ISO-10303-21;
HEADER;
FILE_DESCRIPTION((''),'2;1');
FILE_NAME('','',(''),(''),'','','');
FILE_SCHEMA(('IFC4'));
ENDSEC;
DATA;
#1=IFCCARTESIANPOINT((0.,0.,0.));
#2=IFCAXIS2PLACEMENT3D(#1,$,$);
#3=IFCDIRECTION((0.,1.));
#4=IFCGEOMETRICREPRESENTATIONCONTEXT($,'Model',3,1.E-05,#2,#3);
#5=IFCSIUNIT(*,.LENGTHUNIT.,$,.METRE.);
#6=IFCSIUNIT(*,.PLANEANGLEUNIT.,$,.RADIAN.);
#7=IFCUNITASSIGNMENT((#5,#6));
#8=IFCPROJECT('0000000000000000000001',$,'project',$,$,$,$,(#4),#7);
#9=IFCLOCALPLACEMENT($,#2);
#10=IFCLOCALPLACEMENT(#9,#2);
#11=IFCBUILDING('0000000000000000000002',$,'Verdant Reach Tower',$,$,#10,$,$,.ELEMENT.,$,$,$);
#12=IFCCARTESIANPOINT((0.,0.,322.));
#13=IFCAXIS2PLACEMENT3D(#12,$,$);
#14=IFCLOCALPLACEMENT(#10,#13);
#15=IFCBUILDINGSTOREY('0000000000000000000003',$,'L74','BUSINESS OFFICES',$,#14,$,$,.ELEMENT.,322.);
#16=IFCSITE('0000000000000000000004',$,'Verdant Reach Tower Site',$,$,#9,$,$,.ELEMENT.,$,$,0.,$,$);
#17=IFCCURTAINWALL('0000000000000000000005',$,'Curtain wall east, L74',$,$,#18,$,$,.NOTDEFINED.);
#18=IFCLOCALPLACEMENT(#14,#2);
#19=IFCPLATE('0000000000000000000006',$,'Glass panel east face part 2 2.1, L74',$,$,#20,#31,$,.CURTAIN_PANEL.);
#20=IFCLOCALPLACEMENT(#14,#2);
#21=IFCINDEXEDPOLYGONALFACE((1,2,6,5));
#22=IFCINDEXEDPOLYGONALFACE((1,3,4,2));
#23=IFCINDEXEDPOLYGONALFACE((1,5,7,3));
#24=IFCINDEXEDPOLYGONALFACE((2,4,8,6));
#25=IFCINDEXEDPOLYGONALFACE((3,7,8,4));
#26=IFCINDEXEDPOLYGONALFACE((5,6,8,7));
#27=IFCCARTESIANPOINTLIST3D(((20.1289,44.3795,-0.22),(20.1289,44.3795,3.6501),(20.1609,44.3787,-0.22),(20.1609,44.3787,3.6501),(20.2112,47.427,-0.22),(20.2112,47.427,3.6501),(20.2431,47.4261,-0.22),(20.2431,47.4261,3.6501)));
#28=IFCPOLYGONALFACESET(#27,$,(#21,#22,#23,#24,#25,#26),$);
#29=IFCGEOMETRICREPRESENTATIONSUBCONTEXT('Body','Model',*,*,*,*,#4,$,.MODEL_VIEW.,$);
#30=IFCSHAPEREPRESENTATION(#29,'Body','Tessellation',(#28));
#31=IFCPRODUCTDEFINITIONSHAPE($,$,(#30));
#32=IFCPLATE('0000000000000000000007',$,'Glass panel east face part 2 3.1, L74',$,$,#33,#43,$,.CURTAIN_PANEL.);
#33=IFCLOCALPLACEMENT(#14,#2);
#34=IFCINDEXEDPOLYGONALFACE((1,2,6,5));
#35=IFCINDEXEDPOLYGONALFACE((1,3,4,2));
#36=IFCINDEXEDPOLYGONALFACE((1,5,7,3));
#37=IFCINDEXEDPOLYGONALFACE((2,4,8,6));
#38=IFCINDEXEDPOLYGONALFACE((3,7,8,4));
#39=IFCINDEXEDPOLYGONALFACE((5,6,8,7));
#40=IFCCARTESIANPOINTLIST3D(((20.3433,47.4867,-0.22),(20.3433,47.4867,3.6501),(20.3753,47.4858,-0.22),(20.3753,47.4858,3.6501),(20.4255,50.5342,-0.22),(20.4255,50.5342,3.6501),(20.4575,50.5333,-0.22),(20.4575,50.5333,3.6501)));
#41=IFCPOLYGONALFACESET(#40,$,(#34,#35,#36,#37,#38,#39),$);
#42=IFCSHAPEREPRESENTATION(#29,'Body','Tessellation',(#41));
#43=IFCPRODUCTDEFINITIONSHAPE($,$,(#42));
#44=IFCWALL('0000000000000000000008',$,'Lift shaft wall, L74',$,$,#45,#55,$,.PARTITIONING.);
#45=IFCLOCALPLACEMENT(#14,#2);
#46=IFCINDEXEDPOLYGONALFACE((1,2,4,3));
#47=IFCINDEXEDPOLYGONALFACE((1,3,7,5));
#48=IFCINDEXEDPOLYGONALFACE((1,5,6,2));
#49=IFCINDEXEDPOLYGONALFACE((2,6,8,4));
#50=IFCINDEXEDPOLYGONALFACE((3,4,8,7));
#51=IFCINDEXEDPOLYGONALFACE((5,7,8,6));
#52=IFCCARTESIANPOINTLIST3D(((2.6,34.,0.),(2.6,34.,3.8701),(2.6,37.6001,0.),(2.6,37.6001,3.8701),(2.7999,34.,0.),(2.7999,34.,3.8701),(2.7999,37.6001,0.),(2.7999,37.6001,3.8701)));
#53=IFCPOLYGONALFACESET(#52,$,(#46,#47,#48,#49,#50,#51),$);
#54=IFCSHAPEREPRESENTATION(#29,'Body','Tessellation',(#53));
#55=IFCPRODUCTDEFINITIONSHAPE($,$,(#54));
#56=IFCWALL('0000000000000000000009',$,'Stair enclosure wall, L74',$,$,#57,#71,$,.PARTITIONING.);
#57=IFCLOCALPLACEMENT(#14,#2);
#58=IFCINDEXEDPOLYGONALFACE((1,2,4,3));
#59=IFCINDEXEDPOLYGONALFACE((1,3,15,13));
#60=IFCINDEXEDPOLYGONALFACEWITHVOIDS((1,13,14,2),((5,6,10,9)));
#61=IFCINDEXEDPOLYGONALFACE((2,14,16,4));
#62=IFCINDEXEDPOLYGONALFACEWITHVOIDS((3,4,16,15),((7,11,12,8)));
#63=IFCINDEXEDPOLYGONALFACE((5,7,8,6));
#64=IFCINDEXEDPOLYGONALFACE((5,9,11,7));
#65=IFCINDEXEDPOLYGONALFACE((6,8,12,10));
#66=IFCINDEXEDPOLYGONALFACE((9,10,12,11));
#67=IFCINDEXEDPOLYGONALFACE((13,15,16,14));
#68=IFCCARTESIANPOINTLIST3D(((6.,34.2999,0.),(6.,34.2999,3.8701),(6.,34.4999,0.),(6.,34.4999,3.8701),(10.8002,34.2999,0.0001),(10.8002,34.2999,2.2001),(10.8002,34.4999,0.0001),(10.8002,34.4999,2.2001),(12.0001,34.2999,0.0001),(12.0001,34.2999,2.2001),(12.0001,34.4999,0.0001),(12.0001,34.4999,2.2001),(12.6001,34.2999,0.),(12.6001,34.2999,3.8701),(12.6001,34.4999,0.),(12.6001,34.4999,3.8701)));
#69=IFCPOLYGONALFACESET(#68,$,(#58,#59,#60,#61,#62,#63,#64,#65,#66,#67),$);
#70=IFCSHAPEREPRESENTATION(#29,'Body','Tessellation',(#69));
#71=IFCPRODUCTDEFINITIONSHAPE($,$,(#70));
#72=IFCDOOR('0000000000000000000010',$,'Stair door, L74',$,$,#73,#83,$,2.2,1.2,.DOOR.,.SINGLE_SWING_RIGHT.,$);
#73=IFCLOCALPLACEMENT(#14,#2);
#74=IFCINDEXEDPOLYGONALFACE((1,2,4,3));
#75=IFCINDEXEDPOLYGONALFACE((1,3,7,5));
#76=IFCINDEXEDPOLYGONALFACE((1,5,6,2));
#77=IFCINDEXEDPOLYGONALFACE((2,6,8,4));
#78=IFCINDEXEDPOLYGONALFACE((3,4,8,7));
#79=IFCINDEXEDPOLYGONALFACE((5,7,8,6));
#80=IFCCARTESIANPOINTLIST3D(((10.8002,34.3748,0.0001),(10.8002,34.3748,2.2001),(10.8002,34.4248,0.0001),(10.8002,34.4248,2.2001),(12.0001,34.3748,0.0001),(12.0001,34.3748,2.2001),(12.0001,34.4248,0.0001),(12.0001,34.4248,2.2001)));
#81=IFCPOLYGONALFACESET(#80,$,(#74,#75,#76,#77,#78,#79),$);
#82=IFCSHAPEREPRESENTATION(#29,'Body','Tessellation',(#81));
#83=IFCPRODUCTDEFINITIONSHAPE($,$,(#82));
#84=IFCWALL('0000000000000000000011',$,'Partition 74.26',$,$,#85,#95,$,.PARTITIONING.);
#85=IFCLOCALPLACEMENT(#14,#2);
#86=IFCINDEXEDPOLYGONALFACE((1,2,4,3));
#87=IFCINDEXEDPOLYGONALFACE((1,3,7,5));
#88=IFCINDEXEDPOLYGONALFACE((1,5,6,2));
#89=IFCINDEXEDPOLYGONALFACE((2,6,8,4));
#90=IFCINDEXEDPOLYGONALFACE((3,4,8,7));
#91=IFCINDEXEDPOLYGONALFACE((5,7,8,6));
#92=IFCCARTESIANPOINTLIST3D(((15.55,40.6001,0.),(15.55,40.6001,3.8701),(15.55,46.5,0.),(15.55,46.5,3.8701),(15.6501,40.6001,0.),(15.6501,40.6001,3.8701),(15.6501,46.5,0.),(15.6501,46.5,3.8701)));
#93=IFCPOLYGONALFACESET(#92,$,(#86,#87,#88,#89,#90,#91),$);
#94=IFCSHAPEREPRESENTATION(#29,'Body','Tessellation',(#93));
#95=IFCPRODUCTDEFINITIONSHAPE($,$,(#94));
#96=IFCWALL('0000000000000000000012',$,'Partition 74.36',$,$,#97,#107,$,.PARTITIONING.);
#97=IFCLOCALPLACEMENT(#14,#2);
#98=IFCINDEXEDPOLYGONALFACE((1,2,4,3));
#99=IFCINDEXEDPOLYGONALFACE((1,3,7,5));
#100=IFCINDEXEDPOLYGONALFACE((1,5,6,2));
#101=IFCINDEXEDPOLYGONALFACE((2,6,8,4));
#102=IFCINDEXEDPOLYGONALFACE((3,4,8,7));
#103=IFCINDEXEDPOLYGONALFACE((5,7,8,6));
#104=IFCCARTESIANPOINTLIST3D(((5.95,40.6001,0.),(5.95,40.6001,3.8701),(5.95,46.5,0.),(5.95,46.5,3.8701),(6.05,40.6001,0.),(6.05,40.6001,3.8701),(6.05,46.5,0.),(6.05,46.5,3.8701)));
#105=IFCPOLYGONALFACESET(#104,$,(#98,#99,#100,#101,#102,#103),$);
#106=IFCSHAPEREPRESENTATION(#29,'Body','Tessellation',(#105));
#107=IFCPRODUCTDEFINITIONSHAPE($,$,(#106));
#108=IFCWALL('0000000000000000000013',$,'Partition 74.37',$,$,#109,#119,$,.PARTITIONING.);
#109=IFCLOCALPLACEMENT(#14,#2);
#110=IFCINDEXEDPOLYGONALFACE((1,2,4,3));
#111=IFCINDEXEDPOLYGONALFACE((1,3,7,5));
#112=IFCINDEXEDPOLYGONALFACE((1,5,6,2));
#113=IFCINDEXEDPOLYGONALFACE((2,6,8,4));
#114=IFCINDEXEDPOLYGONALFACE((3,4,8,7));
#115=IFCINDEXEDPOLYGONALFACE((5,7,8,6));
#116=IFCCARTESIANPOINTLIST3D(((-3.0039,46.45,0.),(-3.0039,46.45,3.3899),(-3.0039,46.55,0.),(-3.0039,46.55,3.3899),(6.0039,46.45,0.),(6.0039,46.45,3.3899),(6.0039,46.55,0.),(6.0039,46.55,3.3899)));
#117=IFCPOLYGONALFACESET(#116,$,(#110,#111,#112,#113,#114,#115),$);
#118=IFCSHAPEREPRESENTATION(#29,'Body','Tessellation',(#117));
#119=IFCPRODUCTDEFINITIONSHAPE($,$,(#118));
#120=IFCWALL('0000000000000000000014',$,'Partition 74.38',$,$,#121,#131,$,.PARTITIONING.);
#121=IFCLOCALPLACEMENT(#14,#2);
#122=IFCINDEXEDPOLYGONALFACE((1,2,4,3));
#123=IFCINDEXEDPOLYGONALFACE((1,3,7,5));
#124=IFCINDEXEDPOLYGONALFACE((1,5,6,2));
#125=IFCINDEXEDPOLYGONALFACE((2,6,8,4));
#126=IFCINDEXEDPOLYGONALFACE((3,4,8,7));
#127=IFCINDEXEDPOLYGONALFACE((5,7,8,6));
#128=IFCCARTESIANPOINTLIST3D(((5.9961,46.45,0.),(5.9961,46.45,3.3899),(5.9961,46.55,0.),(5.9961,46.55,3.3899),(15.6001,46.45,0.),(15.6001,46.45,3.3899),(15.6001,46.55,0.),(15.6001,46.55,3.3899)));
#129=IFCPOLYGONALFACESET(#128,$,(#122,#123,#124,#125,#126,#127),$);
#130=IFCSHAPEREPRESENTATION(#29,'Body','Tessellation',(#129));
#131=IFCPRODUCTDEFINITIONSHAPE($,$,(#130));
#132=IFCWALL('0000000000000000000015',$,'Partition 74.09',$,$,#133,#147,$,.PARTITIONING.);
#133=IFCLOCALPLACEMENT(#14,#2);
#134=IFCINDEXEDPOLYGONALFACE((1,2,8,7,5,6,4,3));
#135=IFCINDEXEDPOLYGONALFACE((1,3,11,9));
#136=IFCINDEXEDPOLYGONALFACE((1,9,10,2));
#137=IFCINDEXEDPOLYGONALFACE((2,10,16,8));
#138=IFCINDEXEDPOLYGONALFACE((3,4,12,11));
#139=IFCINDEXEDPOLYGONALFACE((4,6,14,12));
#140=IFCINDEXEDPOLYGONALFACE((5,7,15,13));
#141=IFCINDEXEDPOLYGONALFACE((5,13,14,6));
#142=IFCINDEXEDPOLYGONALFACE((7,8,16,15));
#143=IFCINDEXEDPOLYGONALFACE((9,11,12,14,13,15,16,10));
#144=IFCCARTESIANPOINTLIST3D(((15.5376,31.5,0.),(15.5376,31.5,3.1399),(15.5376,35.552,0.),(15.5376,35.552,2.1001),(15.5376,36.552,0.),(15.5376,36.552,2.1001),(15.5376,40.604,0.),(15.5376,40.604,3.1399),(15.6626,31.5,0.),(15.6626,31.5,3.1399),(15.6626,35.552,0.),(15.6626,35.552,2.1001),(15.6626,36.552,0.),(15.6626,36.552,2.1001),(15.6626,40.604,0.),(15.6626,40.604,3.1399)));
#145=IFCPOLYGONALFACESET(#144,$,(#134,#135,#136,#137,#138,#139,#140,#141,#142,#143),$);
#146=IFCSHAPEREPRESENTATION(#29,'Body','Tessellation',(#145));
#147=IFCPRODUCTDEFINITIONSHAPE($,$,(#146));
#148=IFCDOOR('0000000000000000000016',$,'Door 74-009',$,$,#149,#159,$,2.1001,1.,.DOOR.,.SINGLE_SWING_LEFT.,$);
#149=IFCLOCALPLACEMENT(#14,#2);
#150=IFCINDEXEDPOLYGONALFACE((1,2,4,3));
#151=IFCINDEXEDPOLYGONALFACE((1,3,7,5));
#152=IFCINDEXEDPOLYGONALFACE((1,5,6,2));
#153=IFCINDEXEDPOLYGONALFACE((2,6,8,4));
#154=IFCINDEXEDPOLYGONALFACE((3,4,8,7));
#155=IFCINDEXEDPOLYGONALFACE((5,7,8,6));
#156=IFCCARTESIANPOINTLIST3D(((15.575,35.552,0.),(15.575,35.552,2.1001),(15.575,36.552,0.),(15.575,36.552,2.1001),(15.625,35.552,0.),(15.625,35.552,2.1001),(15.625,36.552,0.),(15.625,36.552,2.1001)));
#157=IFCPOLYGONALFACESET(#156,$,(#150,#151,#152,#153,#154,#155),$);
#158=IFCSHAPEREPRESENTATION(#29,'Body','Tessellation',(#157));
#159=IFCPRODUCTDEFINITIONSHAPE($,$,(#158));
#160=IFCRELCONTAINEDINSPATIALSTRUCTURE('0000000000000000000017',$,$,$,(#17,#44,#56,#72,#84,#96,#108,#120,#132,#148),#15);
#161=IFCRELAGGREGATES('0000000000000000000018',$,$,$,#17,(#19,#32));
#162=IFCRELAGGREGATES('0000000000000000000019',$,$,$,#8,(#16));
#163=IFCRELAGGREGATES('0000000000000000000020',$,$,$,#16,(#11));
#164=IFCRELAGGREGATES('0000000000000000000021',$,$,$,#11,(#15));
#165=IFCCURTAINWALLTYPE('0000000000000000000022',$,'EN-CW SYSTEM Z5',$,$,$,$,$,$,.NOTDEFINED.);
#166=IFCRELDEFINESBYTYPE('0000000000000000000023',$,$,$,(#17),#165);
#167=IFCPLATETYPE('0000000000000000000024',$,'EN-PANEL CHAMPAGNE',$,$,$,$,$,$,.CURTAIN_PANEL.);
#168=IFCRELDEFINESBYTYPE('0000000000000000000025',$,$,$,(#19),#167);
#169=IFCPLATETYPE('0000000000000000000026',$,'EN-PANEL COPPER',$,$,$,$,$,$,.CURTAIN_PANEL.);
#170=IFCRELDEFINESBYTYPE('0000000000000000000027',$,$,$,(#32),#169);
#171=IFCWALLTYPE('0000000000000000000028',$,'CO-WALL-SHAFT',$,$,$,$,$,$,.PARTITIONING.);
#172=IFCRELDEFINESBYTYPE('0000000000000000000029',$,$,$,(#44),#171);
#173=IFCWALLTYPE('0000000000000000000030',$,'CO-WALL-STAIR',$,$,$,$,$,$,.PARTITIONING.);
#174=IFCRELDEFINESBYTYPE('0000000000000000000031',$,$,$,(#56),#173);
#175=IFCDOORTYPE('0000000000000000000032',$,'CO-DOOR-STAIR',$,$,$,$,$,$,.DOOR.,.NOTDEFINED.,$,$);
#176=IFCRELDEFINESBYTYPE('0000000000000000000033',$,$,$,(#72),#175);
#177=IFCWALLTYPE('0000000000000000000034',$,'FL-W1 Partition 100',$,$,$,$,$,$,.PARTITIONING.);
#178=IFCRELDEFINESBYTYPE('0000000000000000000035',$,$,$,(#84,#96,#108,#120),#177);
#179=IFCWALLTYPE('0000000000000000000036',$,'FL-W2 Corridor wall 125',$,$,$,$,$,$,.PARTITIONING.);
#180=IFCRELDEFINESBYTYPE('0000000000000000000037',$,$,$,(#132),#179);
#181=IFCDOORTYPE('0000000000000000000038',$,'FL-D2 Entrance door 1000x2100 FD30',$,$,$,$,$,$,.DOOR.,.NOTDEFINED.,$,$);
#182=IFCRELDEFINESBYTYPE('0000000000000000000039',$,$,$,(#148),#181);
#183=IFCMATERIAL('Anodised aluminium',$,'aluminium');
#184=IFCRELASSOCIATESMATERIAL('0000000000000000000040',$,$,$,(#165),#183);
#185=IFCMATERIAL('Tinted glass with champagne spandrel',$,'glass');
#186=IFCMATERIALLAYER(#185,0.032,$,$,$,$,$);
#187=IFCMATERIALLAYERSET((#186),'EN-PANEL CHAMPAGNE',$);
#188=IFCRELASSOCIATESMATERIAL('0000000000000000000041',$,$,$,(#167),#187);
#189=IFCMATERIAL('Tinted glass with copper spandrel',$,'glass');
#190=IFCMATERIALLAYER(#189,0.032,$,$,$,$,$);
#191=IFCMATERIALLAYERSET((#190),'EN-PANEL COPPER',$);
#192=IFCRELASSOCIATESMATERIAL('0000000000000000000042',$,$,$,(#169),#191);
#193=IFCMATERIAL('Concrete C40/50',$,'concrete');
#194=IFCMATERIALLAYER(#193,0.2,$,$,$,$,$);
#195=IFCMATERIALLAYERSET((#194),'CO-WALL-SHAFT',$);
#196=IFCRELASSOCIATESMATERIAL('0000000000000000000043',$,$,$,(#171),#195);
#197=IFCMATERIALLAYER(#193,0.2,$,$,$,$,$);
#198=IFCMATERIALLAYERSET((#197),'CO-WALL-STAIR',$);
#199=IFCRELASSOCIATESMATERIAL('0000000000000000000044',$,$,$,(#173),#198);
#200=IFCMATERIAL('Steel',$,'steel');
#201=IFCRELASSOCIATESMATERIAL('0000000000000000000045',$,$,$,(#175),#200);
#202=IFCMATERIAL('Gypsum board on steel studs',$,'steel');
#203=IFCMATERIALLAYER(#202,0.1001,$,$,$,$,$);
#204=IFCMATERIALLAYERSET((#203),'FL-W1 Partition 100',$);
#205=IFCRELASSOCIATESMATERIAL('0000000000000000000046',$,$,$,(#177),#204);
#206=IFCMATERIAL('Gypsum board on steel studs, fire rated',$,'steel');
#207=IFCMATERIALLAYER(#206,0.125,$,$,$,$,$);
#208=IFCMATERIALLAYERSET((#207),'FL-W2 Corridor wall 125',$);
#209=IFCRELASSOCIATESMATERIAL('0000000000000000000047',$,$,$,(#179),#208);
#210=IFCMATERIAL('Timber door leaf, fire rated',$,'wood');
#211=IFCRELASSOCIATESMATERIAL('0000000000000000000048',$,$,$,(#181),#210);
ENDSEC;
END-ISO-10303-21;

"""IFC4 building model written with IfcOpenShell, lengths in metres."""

from ifc_helpers import new_model, si_unit, direction, frame, frame_2d, origin, origin_2d, place, context, subcontext, project, spatial, rectangle, extrude, material, layer, layer_set, type_object, element, fill, aggregate, save


model = new_model("IFC4")

# Units and contexts
model_context = context("Model", 3, precision=1e-05, world=origin(), true_north=direction((0.0, 1.0)))
body_context = subcontext(model_context, "Body", "Model", "MODEL_VIEW")
ifc_project = project(units=[si_unit("LENGTHUNIT", "METRE"), si_unit("PLANEANGLEUNIT", "RADIAN")], contexts=[model_context])

# Site, building, storey
site_placement = place(None, origin())
site = spatial("IfcSite", under=ifc_project, at=site_placement, Name="Verdant Reach Tower Site", CompositionType="ELEMENT", RefElevation=0.0)
building_placement = place(site_placement, origin())
building = spatial("IfcBuilding", under=site, at=building_placement, Name="Verdant Reach Tower", CompositionType="ELEMENT")
storey_placement = place(building_placement, frame((0.0, 0.0, 322.0)))
storey = spatial("IfcBuildingStorey", under=building, at=storey_placement, Name="L74", Description="BUSINESS OFFICES", CompositionType="ELEMENT", Elevation=322.0)

# Curtain wall
ifc_material_1 = material(Name="Anodised aluminium", Category="aluminium")
curtain_wall_type = type_object("IfcCurtainWallType", Name="EN-CW SYSTEM Z5", PredefinedType="NOTDEFINED", material=ifc_material_1)
curtain_wall_placement = place(storey_placement, origin())
curtain_wall = element("IfcCurtainWall", 1, at=curtain_wall_placement, inside=storey, type_object=curtain_wall_type, Name="Curtain wall east, L74", PredefinedType="NOTDEFINED")

# Plates
ifc_material_2 = material(Name="Tinted glass with champagne spandrel", Category="glass")
ifc_layer_1 = layer(ifc_material_2, 0.032)
ifc_layer_set_1 = layer_set([ifc_layer_1], Name="EN-PANEL CHAMPAGNE")
plate_type_1 = type_object("IfcPlateType", Name="EN-PANEL CHAMPAGNE", PredefinedType="CURTAIN_PANEL", material=ifc_layer_set_1)
plate_1_placement = place(storey_placement, frame((20.186, 45.9028, -0.22), z_axis=(0.0, 0.0, 1.0), x_axis=(0.026965, 0.999636, 0.0)))
plate_1 = element("IfcPlate", 2, at=plate_1_placement, type_object=plate_type_1, Name="Glass panel east face part 2 2.1, L74", PredefinedType="CURTAIN_PANEL", context=body_context, shape_type="SweptSolid", body=[
    extrude(rectangle(XDim=3.0486, YDim=0.032, at=origin_2d()), origin(), (0.0, 0.0, 1.0), 3.8701),
])
ifc_material_3 = material(Name="Tinted glass with copper spandrel", Category="glass")
ifc_layer_2 = layer(ifc_material_3, 0.032)
ifc_layer_set_2 = layer_set([ifc_layer_2], Name="EN-PANEL COPPER")
plate_type_2 = type_object("IfcPlateType", Name="EN-PANEL COPPER", PredefinedType="CURTAIN_PANEL", material=ifc_layer_set_2)
plate_2_placement = place(storey_placement, frame((20.4004, 49.01, -0.22), z_axis=(0.0, 0.0, 1.0), x_axis=(0.026965, 0.999636, 0.0)))
plate_2 = element("IfcPlate", 3, at=plate_2_placement, type_object=plate_type_2, Name="Glass panel east face part 2 3.1, L74", PredefinedType="CURTAIN_PANEL", context=body_context, shape_type="SweptSolid", body=[
    extrude(rectangle(XDim=3.0486, YDim=0.032, at=origin_2d()), origin(), (0.0, 0.0, 1.0), 3.8701),
])
aggregate(curtain_wall, [plate_1, plate_2])

# Wall
ifc_material_4 = material(Name="Concrete C40/50", Category="concrete")
ifc_layer_3 = layer(ifc_material_4, 0.2)
ifc_layer_set_3 = layer_set([ifc_layer_3], Name="CO-WALL-SHAFT")
wall_type_1 = type_object("IfcWallType", Name="CO-WALL-SHAFT", PredefinedType="PARTITIONING", material=ifc_layer_set_3)
wall_1_placement = place(storey_placement, frame((2.7, 34.0, 0.0), z_axis=(0.0, 0.0, 1.0), x_axis=(0.0, 1.0, 0.0)))
element("IfcWall", 4, at=wall_1_placement, inside=storey, type_object=wall_type_1, Name="Lift shaft wall, L74", PredefinedType="PARTITIONING", context=body_context, shape_type="SweptSolid", body=[
    extrude(rectangle(XDim=3.6001, YDim=0.2, at=frame_2d((1.8, 0.0))), origin(), (0.0, 0.0, 1.0), 3.8701),
])

# Wall, opening, door
ifc_layer_4 = layer(ifc_material_4, 0.2)
ifc_layer_set_4 = layer_set([ifc_layer_4], Name="CO-WALL-STAIR")
wall_type_2 = type_object("IfcWallType", Name="CO-WALL-STAIR", PredefinedType="PARTITIONING", material=ifc_layer_set_4)
wall_2_placement = place(storey_placement, frame((6.0, 34.3999, 0.0), z_axis=(0.0, 0.0, 1.0), x_axis=(1.0, 0.0, 0.0)))
wall_2 = element("IfcWall", 5, at=wall_2_placement, inside=storey, type_object=wall_type_2, Name="Stair enclosure wall, L74", PredefinedType="PARTITIONING", context=body_context, shape_type="SweptSolid", body=[
    extrude(rectangle(XDim=6.6001, YDim=0.2, at=frame_2d((3.3, 0.0))), origin(), (0.0, 0.0, 1.0), 3.8701),
])
opening_1_placement = place(wall_2_placement, frame((4.8, 0.0, 0.0)))
opening_1 = element("IfcOpeningElement", 6, at=opening_1_placement, cuts=wall_2, PredefinedType="OPENING", context=body_context, shape_type="SweptSolid", body=[
    extrude(rectangle(XDim=1.2, YDim=2.2, at=frame_2d((0.6001, 1.1001))), frame((0.0, 0.1099, 0.0), z_axis=(0.0, -1.0, 0.0), x_axis=(1.0, 0.0, 0.0)), (0.0, 0.0, 1.0), 0.22),
])
ifc_material_5 = material(Name="Steel", Category="steel")
door_type_1 = type_object("IfcDoorType", Name="CO-DOOR-STAIR", OperationType="NOTDEFINED", PredefinedType="DOOR", material=ifc_material_5)
door_1_placement = place(opening_1_placement, origin())
door_1 = element("IfcDoor", 7, at=door_1_placement, inside=storey, type_object=door_type_1, Name="Stair door, L74", OperationType="SINGLE_SWING_RIGHT", OverallHeight=2.2, OverallWidth=1.2, PredefinedType="DOOR", context=body_context, shape_type="SweptSolid", body=[
    extrude(rectangle(XDim=1.2, YDim=2.2, at=frame_2d((0.6001, 1.1001))), frame((0.0, 0.0249, 0.0), z_axis=(0.0, -1.0, 0.0), x_axis=(1.0, 0.0, 0.0)), (0.0, 0.0, 1.0), 0.05),
])
fill(opening_1, door_1)

# Walls
ifc_material_6 = material(Name="Gypsum board on steel studs", Category="steel")
ifc_layer_5 = layer(ifc_material_6, 0.1001)
ifc_layer_set_5 = layer_set([ifc_layer_5], Name="FL-W1 Partition 100")
wall_type_3 = type_object("IfcWallType", Name="FL-W1 Partition 100", PredefinedType="PARTITIONING", material=ifc_layer_set_5)
for number, where, z_axis, x_axis, name in (
    (8, (15.6001, 46.5, 0.0), (0.0, 0.0, 1.0), (0.0, -1.0, 0.0), "Partition 74.26"),
    (9, (6.0, 40.6001, 0.0), (0.0, 0.0, 1.0), (0.0, 1.0, 0.0), "Partition 74.36"),
):
    element("IfcWall", number, at=place(storey_placement, frame(where, z_axis=z_axis, x_axis=x_axis)), inside=storey, type_object=wall_type_3, Name=name, PredefinedType="PARTITIONING", context=body_context, shape_type="SweptSolid", body=[
        extrude(rectangle(XDim=5.8999, YDim=0.1001, at=frame_2d((2.95, 0.0))), origin(), (0.0, 0.0, 1.0), 3.8701),
    ])
wall_3_placement = place(storey_placement, frame((6.0039, 46.5, 0.0), z_axis=(0.0, 0.0, 1.0), x_axis=(-1.0, 0.0, 0.0)))
element("IfcWall", 10, at=wall_3_placement, inside=storey, type_object=wall_type_3, Name="Partition 74.37", PredefinedType="PARTITIONING", context=body_context, shape_type="SweptSolid", body=[
    extrude(rectangle(XDim=9.0078, YDim=0.1001, at=frame_2d((4.5039, 0.0))), origin(), (0.0, 0.0, 1.0), 3.3899),
])
wall_4_placement = place(storey_placement, frame((15.6001, 46.5, 0.0), z_axis=(0.0, 0.0, 1.0), x_axis=(-1.0, 0.0, 0.0)))
element("IfcWall", 11, at=wall_4_placement, inside=storey, type_object=wall_type_3, Name="Partition 74.38", PredefinedType="PARTITIONING", context=body_context, shape_type="SweptSolid", body=[
    extrude(rectangle(XDim=9.604, YDim=0.1001, at=frame_2d((4.802, 0.0))), origin(), (0.0, 0.0, 1.0), 3.3899),
])

# Wall, opening, door
ifc_material_7 = material(Name="Gypsum board on steel studs, fire rated", Category="steel")
ifc_layer_6 = layer(ifc_material_7, 0.125)
ifc_layer_set_6 = layer_set([ifc_layer_6], Name="FL-W2 Corridor wall 125")
wall_type_4 = type_object("IfcWallType", Name="FL-W2 Corridor wall 125", PredefinedType="PARTITIONING", material=ifc_layer_set_6)
wall_5_placement = place(storey_placement, frame((15.6001, 40.604, 0.0), z_axis=(0.0, 0.0, 1.0), x_axis=(0.0, -1.0, 0.0)))
wall_5 = element("IfcWall", 12, at=wall_5_placement, inside=storey, type_object=wall_type_4, Name="Partition 74.09", PredefinedType="PARTITIONING", context=body_context, shape_type="SweptSolid", body=[
    extrude(rectangle(XDim=9.104, YDim=0.125, at=frame_2d((4.552, 0.0))), origin(), (0.0, 0.0, 1.0), 3.1399),
])
opening_2_placement = place(wall_5_placement, frame((4.052, 0.0, 0.0)))
opening_2 = element("IfcOpeningElement", 13, at=opening_2_placement, cuts=wall_5, PredefinedType="OPENING", context=body_context, shape_type="SweptSolid", body=[
    extrude(rectangle(XDim=1.0, YDim=2.1001, at=frame_2d((0.5, 1.05))), frame((0.0, 0.0725, 0.0), z_axis=(0.0, -1.0, 0.0), x_axis=(1.0, 0.0, 0.0)), (0.0, 0.0, 1.0), 0.145),
])
ifc_material_8 = material(Name="Timber door leaf, fire rated", Category="wood")
door_type_2 = type_object("IfcDoorType", Name="FL-D2 Entrance door 1000x2100 FD30", OperationType="NOTDEFINED", PredefinedType="DOOR", material=ifc_material_8)
door_2_placement = place(opening_2_placement, origin())
door_2 = element("IfcDoor", 14, at=door_2_placement, inside=storey, type_object=door_type_2, Name="Door 74-009", OperationType="SINGLE_SWING_LEFT", OverallHeight=2.1001, OverallWidth=1.0, PredefinedType="DOOR", context=body_context, shape_type="SweptSolid", body=[
    extrude(rectangle(XDim=1.0, YDim=2.1001, at=frame_2d((0.5, 1.05))), frame((0.0, 0.0249, 0.0), z_axis=(0.0, -1.0, 0.0), x_axis=(1.0, 0.0, 0.0)), (0.0, 0.0, 1.0), 0.05),
])
fill(opening_2, door_2)

save(model, "model.ifc")
